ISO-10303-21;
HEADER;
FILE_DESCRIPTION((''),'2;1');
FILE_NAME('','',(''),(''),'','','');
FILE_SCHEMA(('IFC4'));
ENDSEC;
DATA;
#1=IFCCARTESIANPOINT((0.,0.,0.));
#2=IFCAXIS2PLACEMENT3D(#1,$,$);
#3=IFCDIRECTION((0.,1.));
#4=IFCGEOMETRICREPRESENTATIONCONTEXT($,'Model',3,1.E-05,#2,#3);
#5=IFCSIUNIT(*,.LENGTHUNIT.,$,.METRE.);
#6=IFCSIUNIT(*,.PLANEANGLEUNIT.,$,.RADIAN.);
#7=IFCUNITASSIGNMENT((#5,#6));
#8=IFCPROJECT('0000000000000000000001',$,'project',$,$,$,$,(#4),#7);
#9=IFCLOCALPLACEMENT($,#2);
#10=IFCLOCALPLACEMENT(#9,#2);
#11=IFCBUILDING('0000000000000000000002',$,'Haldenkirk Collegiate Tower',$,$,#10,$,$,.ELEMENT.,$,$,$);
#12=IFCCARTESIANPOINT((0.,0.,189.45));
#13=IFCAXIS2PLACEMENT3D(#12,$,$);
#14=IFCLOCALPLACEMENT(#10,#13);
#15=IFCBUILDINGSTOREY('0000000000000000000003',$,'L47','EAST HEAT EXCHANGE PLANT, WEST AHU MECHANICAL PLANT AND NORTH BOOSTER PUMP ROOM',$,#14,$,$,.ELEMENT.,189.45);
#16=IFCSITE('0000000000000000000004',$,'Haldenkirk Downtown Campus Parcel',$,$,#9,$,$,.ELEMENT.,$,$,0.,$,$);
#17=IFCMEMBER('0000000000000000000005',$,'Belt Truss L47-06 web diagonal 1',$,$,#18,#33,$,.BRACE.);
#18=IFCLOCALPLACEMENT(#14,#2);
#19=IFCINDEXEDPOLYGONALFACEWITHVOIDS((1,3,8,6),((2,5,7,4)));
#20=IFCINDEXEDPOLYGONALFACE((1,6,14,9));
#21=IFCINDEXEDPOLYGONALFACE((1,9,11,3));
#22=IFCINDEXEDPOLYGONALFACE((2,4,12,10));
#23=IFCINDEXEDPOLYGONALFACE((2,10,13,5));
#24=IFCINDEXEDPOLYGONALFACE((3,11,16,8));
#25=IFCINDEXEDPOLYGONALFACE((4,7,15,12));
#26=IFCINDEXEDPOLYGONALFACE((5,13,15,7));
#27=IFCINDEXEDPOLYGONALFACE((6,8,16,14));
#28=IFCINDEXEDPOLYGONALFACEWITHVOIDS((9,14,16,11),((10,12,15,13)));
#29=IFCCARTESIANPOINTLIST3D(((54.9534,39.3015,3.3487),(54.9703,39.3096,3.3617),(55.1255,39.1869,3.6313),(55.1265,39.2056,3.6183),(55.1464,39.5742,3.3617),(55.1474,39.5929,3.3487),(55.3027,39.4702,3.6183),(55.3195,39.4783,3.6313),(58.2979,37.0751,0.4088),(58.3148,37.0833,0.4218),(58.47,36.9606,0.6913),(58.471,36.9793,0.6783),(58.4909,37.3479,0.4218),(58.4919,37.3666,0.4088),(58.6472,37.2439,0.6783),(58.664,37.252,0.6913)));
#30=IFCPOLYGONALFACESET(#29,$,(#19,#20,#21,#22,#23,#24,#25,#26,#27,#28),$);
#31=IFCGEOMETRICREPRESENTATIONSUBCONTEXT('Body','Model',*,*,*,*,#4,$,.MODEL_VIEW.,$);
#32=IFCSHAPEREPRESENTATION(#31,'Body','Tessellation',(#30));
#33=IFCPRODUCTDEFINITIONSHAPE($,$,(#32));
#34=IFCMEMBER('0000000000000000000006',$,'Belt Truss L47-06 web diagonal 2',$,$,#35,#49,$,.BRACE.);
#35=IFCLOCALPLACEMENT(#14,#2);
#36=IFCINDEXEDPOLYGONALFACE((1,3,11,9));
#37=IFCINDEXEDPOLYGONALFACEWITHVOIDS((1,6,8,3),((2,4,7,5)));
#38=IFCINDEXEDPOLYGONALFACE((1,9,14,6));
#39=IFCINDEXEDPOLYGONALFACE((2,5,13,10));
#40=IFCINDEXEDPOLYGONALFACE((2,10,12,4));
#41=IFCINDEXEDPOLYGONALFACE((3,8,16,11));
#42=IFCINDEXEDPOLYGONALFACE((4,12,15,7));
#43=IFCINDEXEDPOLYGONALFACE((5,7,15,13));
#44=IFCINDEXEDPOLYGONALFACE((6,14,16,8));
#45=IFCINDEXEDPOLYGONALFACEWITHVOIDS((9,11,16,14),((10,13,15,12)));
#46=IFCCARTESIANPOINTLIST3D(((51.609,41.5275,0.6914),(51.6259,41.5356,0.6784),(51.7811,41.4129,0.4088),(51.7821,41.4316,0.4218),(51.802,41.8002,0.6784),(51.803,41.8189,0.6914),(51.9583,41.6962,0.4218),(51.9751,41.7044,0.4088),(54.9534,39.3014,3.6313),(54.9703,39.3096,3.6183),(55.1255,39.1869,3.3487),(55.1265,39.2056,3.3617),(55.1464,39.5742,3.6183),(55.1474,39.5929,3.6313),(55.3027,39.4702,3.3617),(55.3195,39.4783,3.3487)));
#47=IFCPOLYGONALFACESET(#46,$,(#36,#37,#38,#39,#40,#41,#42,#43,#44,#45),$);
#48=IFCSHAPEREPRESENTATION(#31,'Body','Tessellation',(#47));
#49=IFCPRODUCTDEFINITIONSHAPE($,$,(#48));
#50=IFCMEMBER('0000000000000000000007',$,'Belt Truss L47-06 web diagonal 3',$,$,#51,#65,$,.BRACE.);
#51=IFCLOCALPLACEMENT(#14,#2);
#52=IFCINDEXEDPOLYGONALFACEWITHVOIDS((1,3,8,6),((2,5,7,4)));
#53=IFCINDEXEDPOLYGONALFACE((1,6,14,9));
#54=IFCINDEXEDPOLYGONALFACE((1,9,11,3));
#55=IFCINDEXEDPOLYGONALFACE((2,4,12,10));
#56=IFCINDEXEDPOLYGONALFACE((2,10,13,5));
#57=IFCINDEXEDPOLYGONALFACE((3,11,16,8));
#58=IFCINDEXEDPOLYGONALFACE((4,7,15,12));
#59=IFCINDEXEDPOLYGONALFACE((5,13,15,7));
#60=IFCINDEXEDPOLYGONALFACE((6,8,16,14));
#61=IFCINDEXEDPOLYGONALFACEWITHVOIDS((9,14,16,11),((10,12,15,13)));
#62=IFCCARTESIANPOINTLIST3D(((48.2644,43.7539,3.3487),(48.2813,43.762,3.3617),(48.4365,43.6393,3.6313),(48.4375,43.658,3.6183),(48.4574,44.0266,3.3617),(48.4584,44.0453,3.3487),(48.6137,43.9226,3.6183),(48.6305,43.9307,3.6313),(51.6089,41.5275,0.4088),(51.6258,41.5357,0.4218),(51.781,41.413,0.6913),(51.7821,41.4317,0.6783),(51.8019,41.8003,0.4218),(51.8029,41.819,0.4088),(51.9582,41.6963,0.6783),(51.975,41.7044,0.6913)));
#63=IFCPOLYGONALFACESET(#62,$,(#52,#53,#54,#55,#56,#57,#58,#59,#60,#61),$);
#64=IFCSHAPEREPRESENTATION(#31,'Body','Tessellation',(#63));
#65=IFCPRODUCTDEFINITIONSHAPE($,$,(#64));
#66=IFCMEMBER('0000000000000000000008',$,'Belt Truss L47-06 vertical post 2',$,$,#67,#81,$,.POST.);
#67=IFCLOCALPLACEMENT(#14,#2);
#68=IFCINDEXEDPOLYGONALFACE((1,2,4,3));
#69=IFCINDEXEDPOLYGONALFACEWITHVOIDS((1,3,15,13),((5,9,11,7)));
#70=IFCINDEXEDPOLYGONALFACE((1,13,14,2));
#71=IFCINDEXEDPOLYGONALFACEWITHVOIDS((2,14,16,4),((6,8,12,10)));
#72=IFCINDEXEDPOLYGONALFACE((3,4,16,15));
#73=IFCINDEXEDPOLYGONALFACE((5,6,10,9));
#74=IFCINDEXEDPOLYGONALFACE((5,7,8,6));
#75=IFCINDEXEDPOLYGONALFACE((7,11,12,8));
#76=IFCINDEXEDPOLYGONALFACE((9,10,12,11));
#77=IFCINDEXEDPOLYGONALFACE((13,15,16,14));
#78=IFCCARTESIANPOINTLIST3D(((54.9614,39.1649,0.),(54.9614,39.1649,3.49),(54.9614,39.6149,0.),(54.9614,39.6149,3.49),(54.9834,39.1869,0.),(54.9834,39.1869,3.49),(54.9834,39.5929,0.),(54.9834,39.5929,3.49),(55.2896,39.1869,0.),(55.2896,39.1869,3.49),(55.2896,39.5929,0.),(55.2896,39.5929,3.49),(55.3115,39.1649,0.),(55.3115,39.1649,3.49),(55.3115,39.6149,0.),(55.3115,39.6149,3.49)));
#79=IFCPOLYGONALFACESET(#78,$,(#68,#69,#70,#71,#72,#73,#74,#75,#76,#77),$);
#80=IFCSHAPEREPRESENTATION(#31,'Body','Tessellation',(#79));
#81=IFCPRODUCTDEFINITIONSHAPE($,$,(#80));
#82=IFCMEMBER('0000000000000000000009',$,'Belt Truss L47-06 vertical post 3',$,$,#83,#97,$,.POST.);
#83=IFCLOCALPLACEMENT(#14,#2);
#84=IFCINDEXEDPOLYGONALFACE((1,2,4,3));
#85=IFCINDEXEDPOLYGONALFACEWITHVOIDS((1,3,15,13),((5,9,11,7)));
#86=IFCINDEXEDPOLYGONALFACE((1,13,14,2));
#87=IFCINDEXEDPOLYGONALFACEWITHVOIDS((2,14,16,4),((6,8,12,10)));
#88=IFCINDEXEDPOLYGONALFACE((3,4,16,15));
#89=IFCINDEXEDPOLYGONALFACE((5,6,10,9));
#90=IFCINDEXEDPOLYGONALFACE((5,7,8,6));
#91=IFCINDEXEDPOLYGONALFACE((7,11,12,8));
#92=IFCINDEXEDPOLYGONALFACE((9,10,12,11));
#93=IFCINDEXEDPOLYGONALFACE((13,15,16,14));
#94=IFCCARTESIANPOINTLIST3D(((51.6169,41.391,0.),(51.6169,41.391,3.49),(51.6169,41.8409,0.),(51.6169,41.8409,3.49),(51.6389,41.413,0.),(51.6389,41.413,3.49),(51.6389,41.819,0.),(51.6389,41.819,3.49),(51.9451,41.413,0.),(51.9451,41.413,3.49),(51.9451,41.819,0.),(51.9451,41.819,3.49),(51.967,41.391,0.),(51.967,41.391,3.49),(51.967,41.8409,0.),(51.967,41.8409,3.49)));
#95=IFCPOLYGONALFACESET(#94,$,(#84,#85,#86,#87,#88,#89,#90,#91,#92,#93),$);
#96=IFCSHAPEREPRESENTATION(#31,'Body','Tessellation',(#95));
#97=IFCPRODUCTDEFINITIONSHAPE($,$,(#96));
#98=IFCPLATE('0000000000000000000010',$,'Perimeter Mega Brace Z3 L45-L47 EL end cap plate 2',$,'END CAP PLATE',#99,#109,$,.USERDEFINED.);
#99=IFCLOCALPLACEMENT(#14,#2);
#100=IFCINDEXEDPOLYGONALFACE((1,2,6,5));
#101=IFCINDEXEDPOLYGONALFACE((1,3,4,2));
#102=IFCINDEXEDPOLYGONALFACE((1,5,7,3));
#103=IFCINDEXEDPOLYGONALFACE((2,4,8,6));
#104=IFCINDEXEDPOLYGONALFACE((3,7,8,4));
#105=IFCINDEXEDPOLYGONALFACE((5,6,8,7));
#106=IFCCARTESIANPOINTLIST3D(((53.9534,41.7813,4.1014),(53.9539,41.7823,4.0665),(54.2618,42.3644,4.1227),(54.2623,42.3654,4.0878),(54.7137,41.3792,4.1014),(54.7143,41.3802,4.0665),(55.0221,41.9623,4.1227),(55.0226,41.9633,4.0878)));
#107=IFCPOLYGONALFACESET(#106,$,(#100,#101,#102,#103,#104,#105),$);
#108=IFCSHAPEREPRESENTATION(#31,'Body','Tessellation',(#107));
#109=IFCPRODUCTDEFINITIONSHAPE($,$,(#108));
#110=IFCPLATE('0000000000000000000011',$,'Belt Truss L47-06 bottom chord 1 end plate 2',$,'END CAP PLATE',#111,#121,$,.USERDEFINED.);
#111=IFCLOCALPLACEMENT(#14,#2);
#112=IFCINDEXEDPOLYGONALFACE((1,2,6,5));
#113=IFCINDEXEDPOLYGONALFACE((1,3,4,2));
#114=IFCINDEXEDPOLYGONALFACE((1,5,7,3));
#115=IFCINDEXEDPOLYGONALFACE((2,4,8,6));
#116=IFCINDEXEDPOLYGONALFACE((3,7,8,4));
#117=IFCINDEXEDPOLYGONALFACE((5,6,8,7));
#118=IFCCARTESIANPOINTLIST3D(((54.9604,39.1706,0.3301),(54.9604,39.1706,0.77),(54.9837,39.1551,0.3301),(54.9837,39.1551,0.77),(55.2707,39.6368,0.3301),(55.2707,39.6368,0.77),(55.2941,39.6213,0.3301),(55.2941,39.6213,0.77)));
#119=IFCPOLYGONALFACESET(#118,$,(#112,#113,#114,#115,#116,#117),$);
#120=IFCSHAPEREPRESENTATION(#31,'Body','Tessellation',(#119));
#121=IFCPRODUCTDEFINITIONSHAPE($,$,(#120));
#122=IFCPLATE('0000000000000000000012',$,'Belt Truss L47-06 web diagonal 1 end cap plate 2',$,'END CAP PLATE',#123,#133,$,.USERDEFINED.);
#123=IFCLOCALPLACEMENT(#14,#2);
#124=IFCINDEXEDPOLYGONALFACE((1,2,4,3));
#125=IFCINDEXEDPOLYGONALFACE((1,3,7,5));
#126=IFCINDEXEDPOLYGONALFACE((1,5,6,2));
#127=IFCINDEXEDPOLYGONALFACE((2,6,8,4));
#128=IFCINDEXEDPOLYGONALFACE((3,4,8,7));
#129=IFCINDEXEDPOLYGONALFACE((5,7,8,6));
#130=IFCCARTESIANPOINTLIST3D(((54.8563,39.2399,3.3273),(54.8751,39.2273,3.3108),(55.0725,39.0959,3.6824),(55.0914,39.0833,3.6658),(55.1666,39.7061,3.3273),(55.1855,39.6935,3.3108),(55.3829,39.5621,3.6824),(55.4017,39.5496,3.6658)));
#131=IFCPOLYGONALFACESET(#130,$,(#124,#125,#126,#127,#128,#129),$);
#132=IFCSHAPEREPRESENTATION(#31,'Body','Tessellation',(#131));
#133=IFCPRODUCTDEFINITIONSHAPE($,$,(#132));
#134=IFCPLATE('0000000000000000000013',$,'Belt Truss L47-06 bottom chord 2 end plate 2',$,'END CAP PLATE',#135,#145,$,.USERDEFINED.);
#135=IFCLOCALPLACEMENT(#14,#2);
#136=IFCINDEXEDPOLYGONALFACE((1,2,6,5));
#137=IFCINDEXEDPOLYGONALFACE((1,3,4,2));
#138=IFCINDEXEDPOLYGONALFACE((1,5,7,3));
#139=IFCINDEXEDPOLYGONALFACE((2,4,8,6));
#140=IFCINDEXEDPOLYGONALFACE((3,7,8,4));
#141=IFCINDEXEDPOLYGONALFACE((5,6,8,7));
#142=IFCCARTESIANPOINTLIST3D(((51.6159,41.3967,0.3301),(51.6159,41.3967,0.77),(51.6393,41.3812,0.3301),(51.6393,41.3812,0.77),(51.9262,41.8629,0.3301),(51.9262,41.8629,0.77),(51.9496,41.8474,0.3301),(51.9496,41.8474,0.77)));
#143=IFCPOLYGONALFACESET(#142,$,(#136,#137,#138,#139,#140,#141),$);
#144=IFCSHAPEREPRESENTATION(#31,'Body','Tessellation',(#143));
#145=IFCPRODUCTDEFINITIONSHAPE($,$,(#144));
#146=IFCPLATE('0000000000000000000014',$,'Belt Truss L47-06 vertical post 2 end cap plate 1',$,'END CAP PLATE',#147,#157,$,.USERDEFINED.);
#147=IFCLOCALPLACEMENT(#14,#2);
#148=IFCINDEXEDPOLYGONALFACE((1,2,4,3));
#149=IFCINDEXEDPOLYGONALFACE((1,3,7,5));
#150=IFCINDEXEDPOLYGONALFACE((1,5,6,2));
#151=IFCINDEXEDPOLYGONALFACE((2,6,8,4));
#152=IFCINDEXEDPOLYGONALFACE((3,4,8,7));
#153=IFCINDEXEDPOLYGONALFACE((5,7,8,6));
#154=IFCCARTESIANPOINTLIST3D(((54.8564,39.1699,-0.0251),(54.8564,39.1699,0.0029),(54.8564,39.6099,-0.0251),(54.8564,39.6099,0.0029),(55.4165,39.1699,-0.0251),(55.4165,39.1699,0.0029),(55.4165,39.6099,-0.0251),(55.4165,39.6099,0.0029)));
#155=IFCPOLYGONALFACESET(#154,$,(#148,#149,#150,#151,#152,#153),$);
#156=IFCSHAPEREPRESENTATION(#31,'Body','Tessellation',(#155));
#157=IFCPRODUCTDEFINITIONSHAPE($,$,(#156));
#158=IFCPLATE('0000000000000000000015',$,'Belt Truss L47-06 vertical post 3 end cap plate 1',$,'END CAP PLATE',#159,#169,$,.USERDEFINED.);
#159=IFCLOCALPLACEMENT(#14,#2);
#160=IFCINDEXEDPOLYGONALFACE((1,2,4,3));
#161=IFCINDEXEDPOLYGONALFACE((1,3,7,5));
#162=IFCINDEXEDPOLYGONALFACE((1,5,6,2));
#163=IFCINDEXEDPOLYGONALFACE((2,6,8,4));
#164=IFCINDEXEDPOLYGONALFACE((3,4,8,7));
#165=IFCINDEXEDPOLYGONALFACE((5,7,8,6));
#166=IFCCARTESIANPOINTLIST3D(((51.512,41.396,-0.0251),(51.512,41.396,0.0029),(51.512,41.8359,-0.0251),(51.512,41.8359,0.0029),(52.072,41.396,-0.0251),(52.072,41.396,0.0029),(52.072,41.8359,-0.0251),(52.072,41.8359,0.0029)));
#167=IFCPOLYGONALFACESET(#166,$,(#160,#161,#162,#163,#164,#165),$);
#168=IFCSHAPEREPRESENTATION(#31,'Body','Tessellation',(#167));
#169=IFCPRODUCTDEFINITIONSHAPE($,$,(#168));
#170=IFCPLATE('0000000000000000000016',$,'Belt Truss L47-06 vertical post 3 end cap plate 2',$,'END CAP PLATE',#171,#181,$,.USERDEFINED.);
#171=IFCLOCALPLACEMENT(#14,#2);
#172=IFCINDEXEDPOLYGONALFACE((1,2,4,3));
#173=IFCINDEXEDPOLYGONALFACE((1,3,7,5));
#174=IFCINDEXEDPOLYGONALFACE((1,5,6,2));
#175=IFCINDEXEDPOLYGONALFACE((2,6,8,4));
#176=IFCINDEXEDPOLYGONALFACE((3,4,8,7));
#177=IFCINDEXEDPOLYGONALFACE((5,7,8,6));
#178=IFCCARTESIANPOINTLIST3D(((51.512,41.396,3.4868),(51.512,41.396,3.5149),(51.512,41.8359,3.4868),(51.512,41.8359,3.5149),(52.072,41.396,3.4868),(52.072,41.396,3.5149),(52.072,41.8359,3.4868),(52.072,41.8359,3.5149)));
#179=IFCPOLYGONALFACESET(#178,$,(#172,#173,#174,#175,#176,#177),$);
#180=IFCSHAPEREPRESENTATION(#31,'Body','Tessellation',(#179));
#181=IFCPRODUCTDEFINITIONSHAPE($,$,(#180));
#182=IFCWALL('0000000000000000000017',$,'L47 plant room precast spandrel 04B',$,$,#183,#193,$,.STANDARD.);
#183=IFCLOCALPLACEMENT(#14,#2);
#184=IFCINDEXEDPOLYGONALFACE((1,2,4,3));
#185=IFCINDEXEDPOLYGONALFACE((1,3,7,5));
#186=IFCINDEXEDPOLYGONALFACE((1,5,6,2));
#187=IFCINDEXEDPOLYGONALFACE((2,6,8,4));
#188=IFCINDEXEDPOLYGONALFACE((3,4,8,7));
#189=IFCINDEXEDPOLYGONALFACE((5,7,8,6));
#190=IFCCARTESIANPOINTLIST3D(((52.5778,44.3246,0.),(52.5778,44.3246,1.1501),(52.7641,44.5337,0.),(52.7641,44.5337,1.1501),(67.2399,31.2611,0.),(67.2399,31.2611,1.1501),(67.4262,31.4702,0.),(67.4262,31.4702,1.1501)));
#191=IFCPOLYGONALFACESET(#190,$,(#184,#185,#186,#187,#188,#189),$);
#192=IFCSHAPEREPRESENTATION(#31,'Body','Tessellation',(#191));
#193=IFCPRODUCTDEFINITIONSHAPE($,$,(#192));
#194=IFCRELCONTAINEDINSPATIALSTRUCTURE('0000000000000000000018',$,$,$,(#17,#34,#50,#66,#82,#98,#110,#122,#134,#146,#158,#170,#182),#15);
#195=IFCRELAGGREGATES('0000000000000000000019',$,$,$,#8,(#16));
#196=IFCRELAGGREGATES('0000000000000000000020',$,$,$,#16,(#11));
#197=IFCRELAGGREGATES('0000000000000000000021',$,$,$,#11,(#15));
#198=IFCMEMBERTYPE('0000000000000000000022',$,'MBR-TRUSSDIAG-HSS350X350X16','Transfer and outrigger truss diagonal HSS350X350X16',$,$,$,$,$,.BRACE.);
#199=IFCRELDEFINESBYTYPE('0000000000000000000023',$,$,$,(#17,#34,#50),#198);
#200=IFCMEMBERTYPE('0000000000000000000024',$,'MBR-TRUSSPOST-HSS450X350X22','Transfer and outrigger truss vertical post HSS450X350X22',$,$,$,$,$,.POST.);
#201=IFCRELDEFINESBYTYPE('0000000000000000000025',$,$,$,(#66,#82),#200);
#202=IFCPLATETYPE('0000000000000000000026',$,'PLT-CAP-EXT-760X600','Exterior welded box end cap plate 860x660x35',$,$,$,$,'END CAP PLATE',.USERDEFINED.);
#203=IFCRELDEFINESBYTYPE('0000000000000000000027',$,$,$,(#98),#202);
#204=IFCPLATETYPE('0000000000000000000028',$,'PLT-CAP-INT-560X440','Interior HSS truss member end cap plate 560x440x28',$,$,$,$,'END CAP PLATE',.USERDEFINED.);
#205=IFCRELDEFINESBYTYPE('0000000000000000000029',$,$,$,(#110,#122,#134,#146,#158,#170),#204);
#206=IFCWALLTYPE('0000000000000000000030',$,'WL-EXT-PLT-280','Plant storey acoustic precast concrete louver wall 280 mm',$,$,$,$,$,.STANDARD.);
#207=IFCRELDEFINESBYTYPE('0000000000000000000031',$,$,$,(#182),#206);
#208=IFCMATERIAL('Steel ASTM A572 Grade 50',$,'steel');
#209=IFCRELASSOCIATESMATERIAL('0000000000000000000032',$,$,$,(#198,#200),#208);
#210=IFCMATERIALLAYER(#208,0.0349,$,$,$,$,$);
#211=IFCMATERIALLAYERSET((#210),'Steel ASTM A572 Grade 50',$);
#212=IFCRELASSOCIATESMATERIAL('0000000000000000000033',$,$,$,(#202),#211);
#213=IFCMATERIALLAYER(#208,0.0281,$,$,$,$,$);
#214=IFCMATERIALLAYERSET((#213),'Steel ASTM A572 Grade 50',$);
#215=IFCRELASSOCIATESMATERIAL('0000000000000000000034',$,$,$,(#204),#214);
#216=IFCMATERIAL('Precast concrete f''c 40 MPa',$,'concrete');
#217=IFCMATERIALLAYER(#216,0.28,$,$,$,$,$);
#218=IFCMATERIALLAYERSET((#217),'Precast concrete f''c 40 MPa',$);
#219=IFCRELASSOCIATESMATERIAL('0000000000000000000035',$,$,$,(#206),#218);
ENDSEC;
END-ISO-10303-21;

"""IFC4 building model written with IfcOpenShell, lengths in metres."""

from ifc_helpers import new_model, si_unit, direction, frame, frame_2d, origin, origin_2d, place, context, subcontext, project, spatial, rectangle, hollow_rectangle, extrude, source, transform, mapped, material, layer, layer_set, material_profile, profile_set, type_object, element, save


model = new_model("IFC4")

# Units and contexts
model_context = context("Model", 3, precision=1e-05, world=origin(), true_north=direction((0.0, 1.0)))
body_context = subcontext(model_context, "Body", "Model", "MODEL_VIEW")
ifc_project = project(units=[si_unit("LENGTHUNIT", "METRE"), si_unit("PLANEANGLEUNIT", "RADIAN")], contexts=[model_context])

# Site, building, storey
site_placement = place(None, origin())
site = spatial("IfcSite", under=ifc_project, at=site_placement, Name="Haldenkirk Downtown Campus Parcel", CompositionType="ELEMENT", RefElevation=0.0)
building_placement = place(site_placement, origin())
building = spatial("IfcBuilding", under=site, at=building_placement, Name="Haldenkirk Collegiate Tower", CompositionType="ELEMENT")
storey_placement = place(building_placement, frame((0.0, 0.0, 189.45)))
storey = spatial("IfcBuildingStorey", under=building, at=storey_placement, Name="L47", Description="EAST HEAT EXCHANGE PLANT, WEST AHU MECHANICAL PLANT AND NORTH BOOSTER PUMP ROOM", CompositionType="ELEMENT", Elevation=189.45)

# Members
ifc_material_1 = material(Name="Steel ASTM A572 Grade 50", Category="steel")
ifc_material_profile_1 = material_profile(ifc_material_1, hollow_rectangle(XDim=0.3501, YDim=0.3501, WallThickness=0.0161, at=origin_2d()), Name="HSS350X350X16")
ifc_profile_set_1 = profile_set([ifc_material_profile_1], Name="Steel ASTM A572 Grade 50")
member_type_1 = type_object("IfcMemberType", Name="MBR-TRUSSDIAG-HSS350X350X16", Description="Transfer and outrigger truss diagonal HSS350X350X16", PredefinedType="BRACE", material=ifc_profile_set_1)
member_1_placement = place(storey_placement, frame((58.481, 37.1636, 0.55), z_axis=(-0.671787, 0.447188, 0.590529), x_axis=(-0.554125, -0.832433, 0.0)))
element("IfcMember", 1, at=member_1_placement, inside=storey, type_object=member_type_1, Name="Belt Truss L47-06 web diagonal 1", PredefinedType="BRACE", context=body_context, shape_type="SweptSolid", body=[
    extrude(hollow_rectangle(XDim=0.3501, YDim=0.3501, WallThickness=0.0161, at=origin_2d()), origin(), (0.0, 0.0, 1.0), 4.9785),
])
member_2_placement = place(storey_placement, frame((55.1365, 39.3899, 3.49), z_axis=(-0.671802, 0.447149, -0.590542), x_axis=(-0.554083, -0.832461, 0.0)))
element("IfcMember", 2, at=member_2_placement, inside=storey, type_object=member_type_1, Name="Belt Truss L47-06 web diagonal 2", PredefinedType="BRACE", context=body_context, shape_type="SweptSolid", body=[
    extrude(hollow_rectangle(XDim=0.3501, YDim=0.3501, WallThickness=0.0161, at=origin_2d()), origin(), (0.0, 0.0, 1.0), 4.9783),
])
member_3_placement = place(storey_placement, frame((51.792, 41.616, 0.55), z_axis=(-0.671787, 0.447188, 0.590529), x_axis=(-0.554125, -0.832433, 0.0)))
element("IfcMember", 3, at=member_3_placement, inside=storey, type_object=member_type_1, Name="Belt Truss L47-06 web diagonal 3", PredefinedType="BRACE", context=body_context, shape_type="SweptSolid", body=[
    extrude(hollow_rectangle(XDim=0.3501, YDim=0.3501, WallThickness=0.0161, at=origin_2d()), origin(), (0.0, 0.0, 1.0), 4.9785),
])
ifc_material_profile_2 = material_profile(ifc_material_1, hollow_rectangle(XDim=0.3501, YDim=0.45, WallThickness=0.022, at=origin_2d()), Name="HSS450X350X22")
ifc_profile_set_2 = profile_set([ifc_material_profile_2], Name="Steel ASTM A572 Grade 50")
member_type_2 = type_object("IfcMemberType", Name="MBR-TRUSSPOST-HSS450X350X22", Description="Transfer and outrigger truss vertical post HSS450X350X22", PredefinedType="POST", material=ifc_profile_set_2)
for number, where, z_axis, x_axis, name in (
    (4, (55.1365, 39.3899, 0.0), (0.0, 0.0, 1.0), (1.0, 0.0, 0.0), "Belt Truss L47-06 vertical post 2"),
    (5, (51.792, 41.616, 0.0), (0.0, 0.0, 1.0), (1.0, 0.0, 0.0), "Belt Truss L47-06 vertical post 3"),
):
    element("IfcMember", number, at=place(storey_placement, frame(where, z_axis=z_axis, x_axis=x_axis)), inside=storey, type_object=member_type_2, Name=name, PredefinedType="POST", context=body_context, shape_type="SweptSolid", body=[
        extrude(hollow_rectangle(XDim=0.3501, YDim=0.45, WallThickness=0.022, at=origin_2d()), origin(), (0.0, 0.0, 1.0), 3.49),
    ])

# Plates
ifc_layer_1 = layer(ifc_material_1, 0.0349)
ifc_layer_set_1 = layer_set([ifc_layer_1], Name="Steel ASTM A572 Grade 50")
plate_type_1 = type_object("IfcPlateType", Name="PLT-CAP-EXT-760X600", Description="Exterior welded box end cap plate 860x660x35", ElementType="END CAP PLATE", PredefinedType="USERDEFINED", material=ifc_layer_set_1)
shared_shape_1 = source(origin(), body_context, "Body", "SweptSolid", [
    extrude(rectangle(XDim=0.8601, YDim=0.6599, at=origin_2d()), origin(), (0.0, 0.0, 1.0), 0.0349),
])
plate_placement = place(storey_placement, frame((54.4883, 41.8728, 4.0771), z_axis=(-0.015118, -0.028588, 0.999477), x_axis=(0.883997, -0.467493, 0.0)))
element("IfcPlate", 6, at=plate_placement, inside=storey, type_object=plate_type_1, Name="Perimeter Mega Brace Z3 L45-L47 EL end cap plate 2", ObjectType="END CAP PLATE", PredefinedType="USERDEFINED", context=body_context, shape_type="MappedRepresentation", body=[
    mapped(shared_shape_1, transform((0.0, 0.0, 0.0), x_axis=(1.0, 0.0, 0.0), y_axis=(0.0, 1.0, 0.0), z_axis=(0.0, 0.0, 1.0), scale=1.0)),
])
ifc_layer_2 = layer(ifc_material_1, 0.0281)
ifc_layer_set_2 = layer_set([ifc_layer_2], Name="Steel ASTM A572 Grade 50")
plate_type_2 = type_object("IfcPlateType", Name="PLT-CAP-INT-560X440", Description="Interior HSS truss member end cap plate 560x440x28", ElementType="END CAP PLATE", PredefinedType="USERDEFINED", material=ifc_layer_set_2)
shared_shape_2 = source(origin(), body_context, "Body", "SweptSolid", [
    extrude(rectangle(XDim=0.5601, YDim=0.4399, at=origin_2d()), origin(), (0.0, 0.0, 1.0), 0.0281),
])
for number, where, z_axis, x_axis, name in (
    (7, (55.1389, 39.3882, 0.55), (-0.832438, 0.554118, 0.0), (-0.554118, -0.832438, 0.0), "Belt Truss L47-06 bottom chord 1 end plate 2"),
    (8, (55.1384, 39.3884, 3.4883), (-0.671786, 0.447181, 0.590537), (-0.55412, -0.832437, 0.0), "Belt Truss L47-06 web diagonal 1 end cap plate 2"),
    (9, (51.7944, 41.6143, 0.55), (-0.832438, 0.554118, 0.0), (-0.554118, -0.832438, 0.0), "Belt Truss L47-06 bottom chord 2 end plate 2"),
    (10, (55.1365, 39.3899, 0.0029), (0.0, 0.0, -1.0), (1.0, 0.0, 0.0), "Belt Truss L47-06 vertical post 2 end cap plate 1"),
    (11, (51.792, 41.616, 0.0029), (0.0, 0.0, -1.0), (1.0, 0.0, 0.0), "Belt Truss L47-06 vertical post 3 end cap plate 1"),
    (12, (51.792, 41.616, 3.4868), (0.0, 0.0, 1.0), (1.0, 0.0, 0.0), "Belt Truss L47-06 vertical post 3 end cap plate 2"),
):
    element("IfcPlate", number, at=place(storey_placement, frame(where, z_axis=z_axis, x_axis=x_axis)), inside=storey, type_object=plate_type_2, Name=name, ObjectType="END CAP PLATE", PredefinedType="USERDEFINED", context=body_context, shape_type="MappedRepresentation", body=[
        mapped(shared_shape_2, transform((0.0, 0.0, 0.0), x_axis=(1.0, 0.0, 0.0), y_axis=(0.0, 1.0, 0.0), z_axis=(0.0, 0.0, 1.0), scale=1.0)),
    ])

# Wall
ifc_material_2 = material(Name="Precast concrete f'c 40 MPa", Category="concrete")
ifc_layer_3 = layer(ifc_material_2, 0.28)
ifc_layer_set_3 = layer_set([ifc_layer_3], Name="Precast concrete f'c 40 MPa")
wall_type = type_object("IfcWallType", Name="WL-EXT-PLT-280", Description="Plant storey acoustic precast concrete louver wall 280 mm", PredefinedType="STANDARD", material=ifc_layer_set_3)
wall_placement = place(storey_placement, frame((52.6709, 44.4292, 0.0), z_axis=(0.0, 0.0, 1.0), x_axis=(0.746638, -0.665231, 0.0)))
element("IfcWall", 13, at=wall_placement, inside=storey, type_object=wall_type, Name="L47 plant room precast spandrel 04B", PredefinedType="STANDARD", context=body_context, shape_type="SweptSolid", body=[
    extrude(rectangle(XDim=19.6375, YDim=0.28, at=frame_2d((9.8188, 0.0))), origin(), (0.0, 0.0, 1.0), 1.1501),
])

save(model, "model.ifc")
